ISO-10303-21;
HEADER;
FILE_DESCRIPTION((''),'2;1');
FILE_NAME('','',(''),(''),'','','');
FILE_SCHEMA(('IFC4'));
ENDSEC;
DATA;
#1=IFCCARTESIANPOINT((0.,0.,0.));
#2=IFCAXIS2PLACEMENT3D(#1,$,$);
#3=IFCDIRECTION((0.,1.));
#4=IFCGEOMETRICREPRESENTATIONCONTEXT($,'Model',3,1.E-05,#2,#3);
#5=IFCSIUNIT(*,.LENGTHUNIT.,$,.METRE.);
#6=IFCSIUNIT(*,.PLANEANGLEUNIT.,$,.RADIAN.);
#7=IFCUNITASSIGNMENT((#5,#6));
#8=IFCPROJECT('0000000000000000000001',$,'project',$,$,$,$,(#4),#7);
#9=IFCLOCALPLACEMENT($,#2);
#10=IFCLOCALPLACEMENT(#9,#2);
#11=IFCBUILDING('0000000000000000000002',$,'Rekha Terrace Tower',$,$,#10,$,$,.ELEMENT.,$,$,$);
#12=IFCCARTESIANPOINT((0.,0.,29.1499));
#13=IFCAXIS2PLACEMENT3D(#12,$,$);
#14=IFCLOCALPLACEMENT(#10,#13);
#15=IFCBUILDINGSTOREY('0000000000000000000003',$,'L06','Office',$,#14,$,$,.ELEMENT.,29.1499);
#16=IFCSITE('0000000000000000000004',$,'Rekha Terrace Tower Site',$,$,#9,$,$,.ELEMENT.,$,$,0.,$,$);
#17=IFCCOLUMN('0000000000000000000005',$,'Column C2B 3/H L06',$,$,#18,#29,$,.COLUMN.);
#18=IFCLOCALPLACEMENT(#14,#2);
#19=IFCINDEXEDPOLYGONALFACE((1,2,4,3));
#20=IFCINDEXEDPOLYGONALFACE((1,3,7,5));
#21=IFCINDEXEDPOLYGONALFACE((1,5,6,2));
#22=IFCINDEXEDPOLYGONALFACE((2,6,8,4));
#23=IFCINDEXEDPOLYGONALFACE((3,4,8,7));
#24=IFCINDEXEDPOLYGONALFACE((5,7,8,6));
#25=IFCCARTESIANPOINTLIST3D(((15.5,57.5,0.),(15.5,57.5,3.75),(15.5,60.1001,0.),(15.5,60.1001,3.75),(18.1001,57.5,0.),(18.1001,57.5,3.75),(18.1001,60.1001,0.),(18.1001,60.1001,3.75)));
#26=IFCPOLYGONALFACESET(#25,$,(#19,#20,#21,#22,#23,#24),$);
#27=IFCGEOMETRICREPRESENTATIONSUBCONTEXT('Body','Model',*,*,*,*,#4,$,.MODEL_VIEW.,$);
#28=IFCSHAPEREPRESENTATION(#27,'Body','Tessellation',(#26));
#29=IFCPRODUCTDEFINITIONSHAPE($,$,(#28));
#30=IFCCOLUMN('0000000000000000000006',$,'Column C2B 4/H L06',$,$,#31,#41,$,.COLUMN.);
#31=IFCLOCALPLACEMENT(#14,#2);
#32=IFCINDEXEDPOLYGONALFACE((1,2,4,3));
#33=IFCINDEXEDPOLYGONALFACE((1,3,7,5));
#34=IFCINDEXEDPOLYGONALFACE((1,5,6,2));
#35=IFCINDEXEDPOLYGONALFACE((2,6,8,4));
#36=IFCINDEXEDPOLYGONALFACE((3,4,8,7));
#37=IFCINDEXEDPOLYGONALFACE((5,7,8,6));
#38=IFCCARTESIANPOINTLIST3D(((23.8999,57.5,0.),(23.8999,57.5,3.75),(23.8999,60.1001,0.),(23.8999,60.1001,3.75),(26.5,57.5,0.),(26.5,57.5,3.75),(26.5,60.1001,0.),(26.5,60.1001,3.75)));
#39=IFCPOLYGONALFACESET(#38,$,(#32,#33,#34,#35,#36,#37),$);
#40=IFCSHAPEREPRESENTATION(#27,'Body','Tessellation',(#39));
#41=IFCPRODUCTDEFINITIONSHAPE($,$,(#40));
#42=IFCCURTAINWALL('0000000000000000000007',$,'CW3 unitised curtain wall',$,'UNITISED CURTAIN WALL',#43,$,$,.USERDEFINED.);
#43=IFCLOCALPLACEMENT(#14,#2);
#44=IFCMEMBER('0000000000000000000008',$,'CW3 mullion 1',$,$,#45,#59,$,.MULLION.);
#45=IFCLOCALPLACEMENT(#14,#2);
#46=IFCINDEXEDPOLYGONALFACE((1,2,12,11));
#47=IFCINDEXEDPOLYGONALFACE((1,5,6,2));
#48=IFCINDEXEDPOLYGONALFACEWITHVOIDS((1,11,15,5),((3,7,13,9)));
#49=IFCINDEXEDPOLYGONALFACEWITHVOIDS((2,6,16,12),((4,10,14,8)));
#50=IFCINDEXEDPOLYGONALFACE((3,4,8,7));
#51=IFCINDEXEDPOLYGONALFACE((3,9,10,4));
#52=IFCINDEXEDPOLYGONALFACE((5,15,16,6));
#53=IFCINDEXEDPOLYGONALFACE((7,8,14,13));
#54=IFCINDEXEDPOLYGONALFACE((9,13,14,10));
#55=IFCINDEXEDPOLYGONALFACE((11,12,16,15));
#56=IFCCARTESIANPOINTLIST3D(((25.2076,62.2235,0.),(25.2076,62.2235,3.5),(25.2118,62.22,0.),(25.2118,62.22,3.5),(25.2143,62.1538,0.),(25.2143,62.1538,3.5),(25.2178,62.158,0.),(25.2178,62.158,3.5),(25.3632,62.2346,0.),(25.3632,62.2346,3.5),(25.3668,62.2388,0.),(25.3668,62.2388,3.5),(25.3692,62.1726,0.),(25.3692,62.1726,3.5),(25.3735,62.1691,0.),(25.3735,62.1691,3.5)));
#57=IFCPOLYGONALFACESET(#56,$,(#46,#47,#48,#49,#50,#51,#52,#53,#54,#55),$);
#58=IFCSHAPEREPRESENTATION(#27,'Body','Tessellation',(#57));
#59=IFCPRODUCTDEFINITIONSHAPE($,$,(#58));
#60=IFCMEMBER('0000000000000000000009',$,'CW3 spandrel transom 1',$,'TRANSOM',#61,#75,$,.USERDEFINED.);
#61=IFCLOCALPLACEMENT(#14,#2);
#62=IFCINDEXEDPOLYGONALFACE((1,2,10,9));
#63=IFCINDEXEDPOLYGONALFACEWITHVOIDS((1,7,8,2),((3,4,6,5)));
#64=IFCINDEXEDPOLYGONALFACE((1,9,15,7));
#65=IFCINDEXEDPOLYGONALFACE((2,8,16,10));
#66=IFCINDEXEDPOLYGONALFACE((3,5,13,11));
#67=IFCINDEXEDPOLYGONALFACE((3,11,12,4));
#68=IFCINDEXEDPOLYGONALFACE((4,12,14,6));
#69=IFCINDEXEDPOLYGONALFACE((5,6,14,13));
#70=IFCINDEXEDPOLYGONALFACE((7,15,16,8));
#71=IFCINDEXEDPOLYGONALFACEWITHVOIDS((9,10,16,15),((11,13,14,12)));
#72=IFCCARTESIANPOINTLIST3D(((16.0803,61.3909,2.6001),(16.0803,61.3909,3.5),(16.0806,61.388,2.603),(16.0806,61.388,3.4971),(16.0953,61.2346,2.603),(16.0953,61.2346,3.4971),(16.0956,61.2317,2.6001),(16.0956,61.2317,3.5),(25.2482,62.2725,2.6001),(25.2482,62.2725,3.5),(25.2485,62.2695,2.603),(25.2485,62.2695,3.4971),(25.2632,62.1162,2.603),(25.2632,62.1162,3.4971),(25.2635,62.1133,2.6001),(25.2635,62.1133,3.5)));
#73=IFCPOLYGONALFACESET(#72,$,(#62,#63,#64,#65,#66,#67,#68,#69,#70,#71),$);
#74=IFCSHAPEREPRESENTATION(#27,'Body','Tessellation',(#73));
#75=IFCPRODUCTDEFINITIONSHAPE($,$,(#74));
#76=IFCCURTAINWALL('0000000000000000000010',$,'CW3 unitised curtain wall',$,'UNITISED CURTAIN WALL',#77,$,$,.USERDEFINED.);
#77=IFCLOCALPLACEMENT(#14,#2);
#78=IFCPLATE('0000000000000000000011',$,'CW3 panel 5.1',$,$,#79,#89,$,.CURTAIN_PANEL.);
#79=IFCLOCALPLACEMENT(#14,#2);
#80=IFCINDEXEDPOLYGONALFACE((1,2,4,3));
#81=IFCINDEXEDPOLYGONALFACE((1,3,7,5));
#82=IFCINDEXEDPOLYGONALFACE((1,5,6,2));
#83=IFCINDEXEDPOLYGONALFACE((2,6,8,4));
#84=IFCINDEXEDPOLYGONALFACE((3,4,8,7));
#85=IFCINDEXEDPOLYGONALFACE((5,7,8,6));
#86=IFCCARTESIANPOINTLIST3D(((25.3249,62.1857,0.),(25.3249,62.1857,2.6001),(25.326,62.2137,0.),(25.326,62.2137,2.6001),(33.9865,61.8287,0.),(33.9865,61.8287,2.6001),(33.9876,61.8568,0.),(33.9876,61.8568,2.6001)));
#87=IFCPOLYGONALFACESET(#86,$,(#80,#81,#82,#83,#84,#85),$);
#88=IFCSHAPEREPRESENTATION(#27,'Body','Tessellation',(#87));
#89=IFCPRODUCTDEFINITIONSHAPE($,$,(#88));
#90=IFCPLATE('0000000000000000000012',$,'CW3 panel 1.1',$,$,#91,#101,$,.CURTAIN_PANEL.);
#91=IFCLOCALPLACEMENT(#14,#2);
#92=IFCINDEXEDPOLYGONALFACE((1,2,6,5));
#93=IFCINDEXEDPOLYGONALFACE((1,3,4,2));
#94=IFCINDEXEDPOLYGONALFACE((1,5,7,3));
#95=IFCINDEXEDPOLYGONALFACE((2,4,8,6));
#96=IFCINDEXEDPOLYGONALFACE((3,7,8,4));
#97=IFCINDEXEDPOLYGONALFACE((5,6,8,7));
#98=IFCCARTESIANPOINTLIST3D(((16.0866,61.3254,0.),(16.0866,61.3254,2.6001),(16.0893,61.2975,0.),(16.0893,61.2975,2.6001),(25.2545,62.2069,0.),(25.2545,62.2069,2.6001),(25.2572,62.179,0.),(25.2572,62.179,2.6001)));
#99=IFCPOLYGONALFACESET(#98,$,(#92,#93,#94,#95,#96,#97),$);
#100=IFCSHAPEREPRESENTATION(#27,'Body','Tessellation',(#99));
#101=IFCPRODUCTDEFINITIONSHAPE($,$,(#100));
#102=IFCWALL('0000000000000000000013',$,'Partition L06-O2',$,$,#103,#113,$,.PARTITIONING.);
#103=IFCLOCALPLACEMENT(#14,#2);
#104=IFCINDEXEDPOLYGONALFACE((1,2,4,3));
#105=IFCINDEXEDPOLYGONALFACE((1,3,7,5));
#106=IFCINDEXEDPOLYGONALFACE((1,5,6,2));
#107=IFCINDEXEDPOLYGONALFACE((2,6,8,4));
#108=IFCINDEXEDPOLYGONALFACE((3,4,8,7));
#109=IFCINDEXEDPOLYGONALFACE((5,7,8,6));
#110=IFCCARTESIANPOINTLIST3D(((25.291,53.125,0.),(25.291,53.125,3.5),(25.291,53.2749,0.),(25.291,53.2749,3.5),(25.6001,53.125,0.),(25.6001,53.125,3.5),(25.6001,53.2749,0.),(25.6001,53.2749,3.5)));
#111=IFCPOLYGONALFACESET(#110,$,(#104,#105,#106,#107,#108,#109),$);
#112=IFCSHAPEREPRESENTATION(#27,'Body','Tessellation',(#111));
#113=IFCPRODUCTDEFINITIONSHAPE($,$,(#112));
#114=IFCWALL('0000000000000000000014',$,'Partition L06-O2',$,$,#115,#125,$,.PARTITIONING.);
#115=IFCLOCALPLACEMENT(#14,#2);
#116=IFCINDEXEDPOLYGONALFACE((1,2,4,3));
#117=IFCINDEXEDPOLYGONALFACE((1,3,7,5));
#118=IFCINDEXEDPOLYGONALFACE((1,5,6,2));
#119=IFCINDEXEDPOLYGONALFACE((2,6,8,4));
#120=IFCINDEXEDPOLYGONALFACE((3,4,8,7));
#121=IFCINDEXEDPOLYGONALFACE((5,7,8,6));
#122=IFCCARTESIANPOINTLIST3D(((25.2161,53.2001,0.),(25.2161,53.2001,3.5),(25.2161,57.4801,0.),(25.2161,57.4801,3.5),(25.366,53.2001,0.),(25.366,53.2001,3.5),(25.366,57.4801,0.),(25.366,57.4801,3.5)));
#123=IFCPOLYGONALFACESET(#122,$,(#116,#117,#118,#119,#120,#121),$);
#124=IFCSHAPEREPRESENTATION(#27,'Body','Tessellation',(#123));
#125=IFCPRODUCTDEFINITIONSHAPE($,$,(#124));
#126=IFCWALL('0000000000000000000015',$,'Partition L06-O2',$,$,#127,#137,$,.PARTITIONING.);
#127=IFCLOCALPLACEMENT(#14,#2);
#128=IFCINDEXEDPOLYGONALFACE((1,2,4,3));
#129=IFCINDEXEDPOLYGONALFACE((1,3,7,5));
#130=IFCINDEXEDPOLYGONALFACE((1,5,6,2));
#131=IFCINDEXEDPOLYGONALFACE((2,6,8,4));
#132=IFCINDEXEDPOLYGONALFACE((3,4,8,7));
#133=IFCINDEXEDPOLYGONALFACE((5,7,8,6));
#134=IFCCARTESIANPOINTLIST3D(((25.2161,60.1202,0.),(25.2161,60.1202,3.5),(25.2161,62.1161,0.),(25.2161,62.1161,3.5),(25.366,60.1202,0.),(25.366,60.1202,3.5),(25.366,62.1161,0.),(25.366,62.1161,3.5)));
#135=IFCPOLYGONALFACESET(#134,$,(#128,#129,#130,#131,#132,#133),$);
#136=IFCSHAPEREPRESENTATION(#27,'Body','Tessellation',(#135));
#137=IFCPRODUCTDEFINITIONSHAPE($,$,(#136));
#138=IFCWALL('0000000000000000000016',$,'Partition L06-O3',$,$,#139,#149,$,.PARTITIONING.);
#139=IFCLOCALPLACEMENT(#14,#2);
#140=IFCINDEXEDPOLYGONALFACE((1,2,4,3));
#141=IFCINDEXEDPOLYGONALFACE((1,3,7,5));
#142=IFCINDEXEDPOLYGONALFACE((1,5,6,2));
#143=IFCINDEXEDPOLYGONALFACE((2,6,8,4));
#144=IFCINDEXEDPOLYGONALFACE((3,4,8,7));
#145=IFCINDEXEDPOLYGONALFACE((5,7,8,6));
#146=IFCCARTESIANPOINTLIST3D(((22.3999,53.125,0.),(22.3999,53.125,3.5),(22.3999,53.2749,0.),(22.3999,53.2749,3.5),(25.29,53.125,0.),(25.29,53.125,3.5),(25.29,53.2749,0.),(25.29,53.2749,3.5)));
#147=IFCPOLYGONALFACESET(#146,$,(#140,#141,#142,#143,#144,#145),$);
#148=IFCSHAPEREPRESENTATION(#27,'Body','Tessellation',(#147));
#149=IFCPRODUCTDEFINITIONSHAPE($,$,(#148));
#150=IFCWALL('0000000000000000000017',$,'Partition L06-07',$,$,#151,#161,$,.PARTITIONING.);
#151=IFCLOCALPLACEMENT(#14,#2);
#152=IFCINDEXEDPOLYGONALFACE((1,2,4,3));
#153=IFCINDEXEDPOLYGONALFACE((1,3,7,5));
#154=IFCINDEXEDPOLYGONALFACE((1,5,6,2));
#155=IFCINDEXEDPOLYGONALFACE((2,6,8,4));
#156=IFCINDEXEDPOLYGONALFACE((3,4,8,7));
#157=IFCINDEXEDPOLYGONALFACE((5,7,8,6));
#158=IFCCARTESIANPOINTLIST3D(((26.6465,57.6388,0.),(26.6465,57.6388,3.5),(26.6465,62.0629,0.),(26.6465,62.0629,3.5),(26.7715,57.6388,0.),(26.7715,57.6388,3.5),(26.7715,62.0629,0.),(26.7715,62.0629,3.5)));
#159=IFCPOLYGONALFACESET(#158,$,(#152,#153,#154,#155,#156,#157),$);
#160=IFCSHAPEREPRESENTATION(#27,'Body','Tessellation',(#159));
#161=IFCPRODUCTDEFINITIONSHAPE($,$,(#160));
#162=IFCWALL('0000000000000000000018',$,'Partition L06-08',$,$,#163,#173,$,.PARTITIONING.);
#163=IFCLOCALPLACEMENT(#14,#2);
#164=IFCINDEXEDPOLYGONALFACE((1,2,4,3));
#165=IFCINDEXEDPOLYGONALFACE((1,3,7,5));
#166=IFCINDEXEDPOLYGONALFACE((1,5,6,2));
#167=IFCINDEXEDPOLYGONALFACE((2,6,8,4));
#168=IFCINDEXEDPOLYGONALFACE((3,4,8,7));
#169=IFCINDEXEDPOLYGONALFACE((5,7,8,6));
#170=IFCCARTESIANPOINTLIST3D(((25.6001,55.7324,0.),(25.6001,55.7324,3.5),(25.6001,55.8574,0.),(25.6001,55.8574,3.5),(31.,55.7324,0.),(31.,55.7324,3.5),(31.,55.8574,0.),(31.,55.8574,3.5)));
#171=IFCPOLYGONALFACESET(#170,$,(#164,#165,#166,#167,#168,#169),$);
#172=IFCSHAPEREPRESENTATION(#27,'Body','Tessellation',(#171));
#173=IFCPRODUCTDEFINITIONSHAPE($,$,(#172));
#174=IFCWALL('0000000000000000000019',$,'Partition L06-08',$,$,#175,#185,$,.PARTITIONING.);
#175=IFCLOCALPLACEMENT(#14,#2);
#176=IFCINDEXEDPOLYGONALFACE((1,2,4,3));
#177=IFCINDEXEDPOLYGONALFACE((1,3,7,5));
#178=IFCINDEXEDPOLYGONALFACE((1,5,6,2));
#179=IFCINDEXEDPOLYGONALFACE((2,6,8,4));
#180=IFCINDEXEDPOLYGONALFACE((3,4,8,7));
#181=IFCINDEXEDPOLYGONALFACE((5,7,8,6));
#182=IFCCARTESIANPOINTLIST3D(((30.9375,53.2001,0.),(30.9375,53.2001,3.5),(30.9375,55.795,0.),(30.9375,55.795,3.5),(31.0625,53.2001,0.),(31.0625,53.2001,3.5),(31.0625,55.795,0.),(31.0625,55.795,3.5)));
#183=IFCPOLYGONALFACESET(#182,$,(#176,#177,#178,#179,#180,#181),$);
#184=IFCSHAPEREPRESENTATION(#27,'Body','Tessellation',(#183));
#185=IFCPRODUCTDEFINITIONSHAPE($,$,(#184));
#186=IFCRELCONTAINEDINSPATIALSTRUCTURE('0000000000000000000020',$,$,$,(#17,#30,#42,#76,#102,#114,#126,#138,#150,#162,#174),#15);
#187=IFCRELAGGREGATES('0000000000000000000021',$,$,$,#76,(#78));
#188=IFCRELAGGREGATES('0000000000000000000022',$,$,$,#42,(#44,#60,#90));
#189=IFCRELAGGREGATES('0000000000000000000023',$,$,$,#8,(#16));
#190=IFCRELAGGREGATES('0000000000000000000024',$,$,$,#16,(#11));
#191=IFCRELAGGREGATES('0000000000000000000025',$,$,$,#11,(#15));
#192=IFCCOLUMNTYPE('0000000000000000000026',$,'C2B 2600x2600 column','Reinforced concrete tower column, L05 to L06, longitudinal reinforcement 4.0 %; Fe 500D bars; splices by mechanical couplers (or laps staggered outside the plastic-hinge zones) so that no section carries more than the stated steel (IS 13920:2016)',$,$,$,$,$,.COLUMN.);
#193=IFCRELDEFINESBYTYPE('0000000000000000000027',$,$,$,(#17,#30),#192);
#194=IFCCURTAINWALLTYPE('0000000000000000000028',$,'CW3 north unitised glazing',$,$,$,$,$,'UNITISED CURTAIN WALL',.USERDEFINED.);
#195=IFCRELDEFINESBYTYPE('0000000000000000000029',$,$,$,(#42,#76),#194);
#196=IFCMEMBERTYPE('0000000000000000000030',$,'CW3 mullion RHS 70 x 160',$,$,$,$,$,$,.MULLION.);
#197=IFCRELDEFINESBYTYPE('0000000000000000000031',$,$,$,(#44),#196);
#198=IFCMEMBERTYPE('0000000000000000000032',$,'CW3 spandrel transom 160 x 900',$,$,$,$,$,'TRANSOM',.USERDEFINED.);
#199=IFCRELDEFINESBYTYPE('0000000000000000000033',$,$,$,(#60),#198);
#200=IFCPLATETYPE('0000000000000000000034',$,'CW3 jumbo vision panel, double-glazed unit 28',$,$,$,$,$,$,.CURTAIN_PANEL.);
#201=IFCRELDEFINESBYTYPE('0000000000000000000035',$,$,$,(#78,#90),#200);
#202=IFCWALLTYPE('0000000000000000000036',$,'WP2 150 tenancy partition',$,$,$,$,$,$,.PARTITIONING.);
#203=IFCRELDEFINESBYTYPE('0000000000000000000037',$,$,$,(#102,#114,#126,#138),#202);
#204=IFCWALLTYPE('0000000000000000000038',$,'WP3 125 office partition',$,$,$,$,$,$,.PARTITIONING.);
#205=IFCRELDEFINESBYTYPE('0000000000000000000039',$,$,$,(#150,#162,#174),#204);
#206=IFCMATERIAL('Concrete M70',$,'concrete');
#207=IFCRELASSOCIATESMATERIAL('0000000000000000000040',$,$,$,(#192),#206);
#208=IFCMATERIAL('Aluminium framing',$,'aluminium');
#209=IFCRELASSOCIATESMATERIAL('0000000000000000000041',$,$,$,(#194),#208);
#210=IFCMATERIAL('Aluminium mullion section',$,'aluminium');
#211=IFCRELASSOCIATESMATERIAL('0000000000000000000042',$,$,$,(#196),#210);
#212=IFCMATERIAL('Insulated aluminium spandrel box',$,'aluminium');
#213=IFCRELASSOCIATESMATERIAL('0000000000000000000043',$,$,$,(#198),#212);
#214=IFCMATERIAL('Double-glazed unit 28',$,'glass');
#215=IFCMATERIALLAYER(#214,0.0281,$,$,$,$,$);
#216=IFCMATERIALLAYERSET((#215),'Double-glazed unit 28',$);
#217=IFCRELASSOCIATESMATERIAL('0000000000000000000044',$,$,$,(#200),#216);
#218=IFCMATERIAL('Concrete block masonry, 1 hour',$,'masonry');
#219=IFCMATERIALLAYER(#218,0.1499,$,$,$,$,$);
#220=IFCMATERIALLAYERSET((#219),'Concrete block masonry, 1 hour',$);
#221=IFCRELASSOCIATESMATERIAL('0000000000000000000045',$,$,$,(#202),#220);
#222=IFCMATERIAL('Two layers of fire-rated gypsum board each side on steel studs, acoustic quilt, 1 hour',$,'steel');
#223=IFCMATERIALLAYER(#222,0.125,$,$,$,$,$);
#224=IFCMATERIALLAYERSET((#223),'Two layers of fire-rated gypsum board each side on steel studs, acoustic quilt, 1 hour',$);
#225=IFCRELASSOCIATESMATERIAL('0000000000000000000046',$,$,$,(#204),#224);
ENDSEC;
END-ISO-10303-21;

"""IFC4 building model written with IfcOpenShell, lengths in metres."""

from ifc_helpers import new_model, si_unit, direction, frame, frame_2d, origin, origin_2d, place, context, subcontext, project, spatial, rectangle, hollow_rectangle, extrude, material, layer, layer_set, material_profile, profile_set, type_object, element, aggregate, save


model = new_model("IFC4")

# Units and contexts
model_context = context("Model", 3, precision=1e-05, world=origin(), true_north=direction((0.0, 1.0)))
body_context = subcontext(model_context, "Body", "Model", "MODEL_VIEW")
ifc_project = project(units=[si_unit("LENGTHUNIT", "METRE"), si_unit("PLANEANGLEUNIT", "RADIAN")], contexts=[model_context])

# Site, building, storey
site_placement = place(None, origin())
site = spatial("IfcSite", under=ifc_project, at=site_placement, Name="Rekha Terrace Tower Site", CompositionType="ELEMENT", RefElevation=0.0)
building_placement = place(site_placement, origin())
building = spatial("IfcBuilding", under=site, at=building_placement, Name="Rekha Terrace Tower", CompositionType="ELEMENT")
storey_placement = place(building_placement, frame((0.0, 0.0, 29.1499)))
storey = spatial("IfcBuildingStorey", under=building, at=storey_placement, Name="L06", Description="Office", CompositionType="ELEMENT", Elevation=29.1499)

# Columns
ifc_material_1 = material(Name="Concrete M70", Category="concrete")
ifc_material_profile_1 = material_profile(ifc_material_1, rectangle(XDim=2.6001, YDim=2.6001, at=origin_2d()), Name="RC 2600x2600")
ifc_profile_set_1 = profile_set([ifc_material_profile_1], Name="Concrete M70")
column_type = type_object("IfcColumnType", Name="C2B 2600x2600 column", Description="Reinforced concrete tower column, L05 to L06, longitudinal reinforcement 4.0 %; Fe 500D bars; splices by mechanical couplers (or laps staggered outside the plastic-hinge zones) so that no section carries more than the stated steel (IS 13920:2016)", PredefinedType="COLUMN", material=ifc_profile_set_1)
for number, where, z_axis, x_axis, name in (
    (1, (16.8, 58.8, 0.0), (0.0, 0.0, 1.0), (1.0, 0.0, 0.0), "Column C2B 3/H L06"),
    (2, (25.2, 58.8, 0.0), (0.0, 0.0, 1.0), (1.0, 0.0, 0.0), "Column C2B 4/H L06"),
):
    element("IfcColumn", number, at=place(storey_placement, frame(where, z_axis=z_axis, x_axis=x_axis)), inside=storey, type_object=column_type, Name=name, PredefinedType="COLUMN", context=body_context, shape_type="SweptSolid", body=[
        extrude(rectangle(XDim=2.6001, YDim=2.6001, at=origin_2d()), origin(), (0.0, 0.0, 1.0), 3.75),
    ])

# Curtain wall, members
ifc_material_2 = material(Name="Aluminium framing", Category="aluminium")
curtain_wall_type = type_object("IfcCurtainWallType", Name="CW3 north unitised glazing", ElementType="UNITISED CURTAIN WALL", PredefinedType="USERDEFINED", material=ifc_material_2)
curtain_wall_1_placement = place(storey_placement, origin())
curtain_wall_1 = element("IfcCurtainWall", 3, at=curtain_wall_1_placement, inside=storey, type_object=curtain_wall_type, Name="CW3 unitised curtain wall", ObjectType="UNITISED CURTAIN WALL", PredefinedType="USERDEFINED")
ifc_material_3 = material(Name="Aluminium mullion section", Category="aluminium")
ifc_material_profile_2 = material_profile(ifc_material_3, hollow_rectangle(XDim=0.0701, YDim=0.1599, WallThickness=0.0039, at=origin_2d()), Name="AL RHS 70x160")
ifc_profile_set_2 = profile_set([ifc_material_profile_2], Name="Aluminium mullion section")
member_type_1 = type_object("IfcMemberType", Name="CW3 mullion RHS 70 x 160", PredefinedType="MULLION", material=ifc_profile_set_2)
member_1_placement = place(storey_placement, frame((25.2905, 62.1963, 0.0), z_axis=(0.0, 0.0, 1.0), x_axis=(0.095712, -0.995409, 0.0)))
member_1 = element("IfcMember", 4, at=member_1_placement, type_object=member_type_1, Name="CW3 mullion 1", PredefinedType="MULLION", context=body_context, shape_type="SweptSolid", body=[
    extrude(hollow_rectangle(XDim=0.0701, YDim=0.1599, WallThickness=0.0039, at=origin_2d()), origin(), (0.0, 0.0, 1.0), 3.5),
])
ifc_material_4 = material(Name="Insulated aluminium spandrel box", Category="aluminium")
ifc_material_profile_3 = material_profile(ifc_material_4, hollow_rectangle(XDim=0.1599, YDim=0.8999, WallThickness=0.0029, at=origin_2d()), Name="AL SPANDREL BOX 160x900")
ifc_profile_set_3 = profile_set([ifc_material_profile_3], Name="Insulated aluminium spandrel box")
member_type_2 = type_object("IfcMemberType", Name="CW3 spandrel transom 160 x 900", ElementType="TRANSOM", PredefinedType="USERDEFINED", material=ifc_profile_set_3)
member_2_placement = place(storey_placement, frame((25.2559, 62.1929, 3.05), z_axis=(-0.995408, -0.095718, 0.0), x_axis=(0.095718, -0.995408, 0.0)))
member_2 = element("IfcMember", 5, at=member_2_placement, type_object=member_type_2, Name="CW3 spandrel transom 1", ObjectType="TRANSOM", PredefinedType="USERDEFINED", context=body_context, shape_type="SweptSolid", body=[
    extrude(hollow_rectangle(XDim=0.1599, YDim=0.8999, WallThickness=0.0029, at=origin_2d()), origin(), (0.0, 0.0, 1.0), 9.2102),
])

# Curtain wall, plate
curtain_wall_2_placement = place(storey_placement, origin())
curtain_wall_2 = element("IfcCurtainWall", 6, at=curtain_wall_2_placement, inside=storey, type_object=curtain_wall_type, Name="CW3 unitised curtain wall", ObjectType="UNITISED CURTAIN WALL", PredefinedType="USERDEFINED")
ifc_material_5 = material(Name="Double-glazed unit 28", Category="glass")
ifc_layer_1 = layer(ifc_material_5, 0.0281)
ifc_layer_set_1 = layer_set([ifc_layer_1], Name="Double-glazed unit 28")
plate_type = type_object("IfcPlateType", Name="CW3 jumbo vision panel, double-glazed unit 28", PredefinedType="CURTAIN_PANEL", material=ifc_layer_set_1)
plate_1_placement = place(storey_placement, frame((29.6562, 62.0212, 0.0), z_axis=(0.0, 0.0, 1.0), x_axis=(-0.999152, 0.041174, 0.0)))
plate_1 = element("IfcPlate", 7, at=plate_1_placement, type_object=plate_type, Name="CW3 panel 5.1", PredefinedType="CURTAIN_PANEL", context=body_context, shape_type="SweptSolid", body=[
    extrude(rectangle(XDim=8.6689, YDim=0.0281, at=origin_2d()), origin(), (0.0, 0.0, 1.0), 2.6001),
])
aggregate(curtain_wall_2, [plate_1])

# Plate
plate_2_placement = place(storey_placement, frame((20.6719, 61.7522, 0.0), z_axis=(0.0, 0.0, 1.0), x_axis=(-0.995409, -0.095712, 0.0)))
plate_2 = element("IfcPlate", 8, at=plate_2_placement, type_object=plate_type, Name="CW3 panel 1.1", PredefinedType="CURTAIN_PANEL", context=body_context, shape_type="SweptSolid", body=[
    extrude(rectangle(XDim=9.2102, YDim=0.0281, at=origin_2d()), origin(), (0.0, 0.0, 1.0), 2.6001),
])
aggregate(curtain_wall_1, [member_1, member_2, plate_2])

# Walls
ifc_material_6 = material(Name="Concrete block masonry, 1 hour", Category="masonry")
ifc_layer_2 = layer(ifc_material_6, 0.1499)
ifc_layer_set_2 = layer_set([ifc_layer_2], Name="Concrete block masonry, 1 hour")
wall_type_1 = type_object("IfcWallType", Name="WP2 150 tenancy partition", PredefinedType="PARTITIONING", material=ifc_layer_set_2)
wall_1_placement = place(storey_placement, frame((25.6001, 53.2, 0.0), z_axis=(0.0, 0.0, 1.0), x_axis=(-1.0, 0.0, 0.0)))
element("IfcWall", 9, at=wall_1_placement, inside=storey, type_object=wall_type_1, Name="Partition L06-O2", PredefinedType="PARTITIONING", context=body_context, shape_type="SweptSolid", body=[
    extrude(rectangle(XDim=0.3091, YDim=0.1499, at=frame_2d((0.1545, 0.0))), origin(), (0.0, 0.0, 1.0), 3.5),
])
wall_2_placement = place(storey_placement, frame((25.291, 53.2, 0.0), z_axis=(0.0, 0.0, 1.0), x_axis=(0.0, 1.0, 0.0)))
element("IfcWall", 10, at=wall_2_placement, inside=storey, type_object=wall_type_1, Name="Partition L06-O2", PredefinedType="PARTITIONING", context=body_context, shape_type="SweptSolid", body=[
    extrude(rectangle(XDim=4.28, YDim=0.1499, at=frame_2d((2.1401, 0.0))), origin(), (0.0, 0.0, 1.0), 3.5),
])
wall_3_placement = place(storey_placement, frame((25.291, 60.1201, 0.0), z_axis=(0.0, 0.0, 1.0), x_axis=(0.0, 1.0, 0.0)))
element("IfcWall", 11, at=wall_3_placement, inside=storey, type_object=wall_type_1, Name="Partition L06-O2", PredefinedType="PARTITIONING", context=body_context, shape_type="SweptSolid", body=[
    extrude(rectangle(XDim=1.9958, YDim=0.1499, at=frame_2d((0.998, 0.0))), origin(), (0.0, 0.0, 1.0), 3.5),
])
wall_4_placement = place(storey_placement, frame((25.29, 53.2, 0.0), z_axis=(0.0, 0.0, 1.0), x_axis=(-1.0, 0.0, 0.0)))
element("IfcWall", 12, at=wall_4_placement, inside=storey, type_object=wall_type_1, Name="Partition L06-O3", PredefinedType="PARTITIONING", context=body_context, shape_type="SweptSolid", body=[
    extrude(rectangle(XDim=2.8901, YDim=0.1499, at=frame_2d((1.4451, 0.0))), origin(), (0.0, 0.0, 1.0), 3.5),
])
ifc_material_7 = material(Name="Two layers of fire-rated gypsum board each side on steel studs, acoustic quilt, 1 hour", Category="steel")
ifc_layer_3 = layer(ifc_material_7, 0.125)
ifc_layer_set_3 = layer_set([ifc_layer_3], Name="Two layers of fire-rated gypsum board each side on steel studs, acoustic quilt, 1 hour")
wall_type_2 = type_object("IfcWallType", Name="WP3 125 office partition", PredefinedType="PARTITIONING", material=ifc_layer_set_3)
wall_5_placement = place(storey_placement, frame((26.709, 57.6389, 0.0), z_axis=(0.0, 0.0, 1.0), x_axis=(0.0, 1.0, 0.0)))
element("IfcWall", 13, at=wall_5_placement, inside=storey, type_object=wall_type_2, Name="Partition L06-07", PredefinedType="PARTITIONING", context=body_context, shape_type="SweptSolid", body=[
    extrude(rectangle(XDim=4.4241, YDim=0.125, at=frame_2d((2.2119, 0.0))), origin(), (0.0, 0.0, 1.0), 3.5),
])
wall_6_placement = place(storey_placement, frame((25.6001, 55.7949, 0.0), z_axis=(0.0, 0.0, 1.0), x_axis=(1.0, 0.0, 0.0)))
element("IfcWall", 14, at=wall_6_placement, inside=storey, type_object=wall_type_2, Name="Partition L06-08", PredefinedType="PARTITIONING", context=body_context, shape_type="SweptSolid", body=[
    extrude(rectangle(XDim=5.3999, YDim=0.125, at=frame_2d((2.7, 0.0))), origin(), (0.0, 0.0, 1.0), 3.5),
])
wall_7_placement = place(storey_placement, frame((31.0, 55.7949, 0.0), z_axis=(0.0, 0.0, 1.0), x_axis=(0.0, -1.0, 0.0)))
element("IfcWall", 15, at=wall_7_placement, inside=storey, type_object=wall_type_2, Name="Partition L06-08", PredefinedType="PARTITIONING", context=body_context, shape_type="SweptSolid", body=[
    extrude(rectangle(XDim=2.595, YDim=0.125, at=frame_2d((1.2974, 0.0))), origin(), (0.0, 0.0, 1.0), 3.5),
])

save(model, "model.ifc")
